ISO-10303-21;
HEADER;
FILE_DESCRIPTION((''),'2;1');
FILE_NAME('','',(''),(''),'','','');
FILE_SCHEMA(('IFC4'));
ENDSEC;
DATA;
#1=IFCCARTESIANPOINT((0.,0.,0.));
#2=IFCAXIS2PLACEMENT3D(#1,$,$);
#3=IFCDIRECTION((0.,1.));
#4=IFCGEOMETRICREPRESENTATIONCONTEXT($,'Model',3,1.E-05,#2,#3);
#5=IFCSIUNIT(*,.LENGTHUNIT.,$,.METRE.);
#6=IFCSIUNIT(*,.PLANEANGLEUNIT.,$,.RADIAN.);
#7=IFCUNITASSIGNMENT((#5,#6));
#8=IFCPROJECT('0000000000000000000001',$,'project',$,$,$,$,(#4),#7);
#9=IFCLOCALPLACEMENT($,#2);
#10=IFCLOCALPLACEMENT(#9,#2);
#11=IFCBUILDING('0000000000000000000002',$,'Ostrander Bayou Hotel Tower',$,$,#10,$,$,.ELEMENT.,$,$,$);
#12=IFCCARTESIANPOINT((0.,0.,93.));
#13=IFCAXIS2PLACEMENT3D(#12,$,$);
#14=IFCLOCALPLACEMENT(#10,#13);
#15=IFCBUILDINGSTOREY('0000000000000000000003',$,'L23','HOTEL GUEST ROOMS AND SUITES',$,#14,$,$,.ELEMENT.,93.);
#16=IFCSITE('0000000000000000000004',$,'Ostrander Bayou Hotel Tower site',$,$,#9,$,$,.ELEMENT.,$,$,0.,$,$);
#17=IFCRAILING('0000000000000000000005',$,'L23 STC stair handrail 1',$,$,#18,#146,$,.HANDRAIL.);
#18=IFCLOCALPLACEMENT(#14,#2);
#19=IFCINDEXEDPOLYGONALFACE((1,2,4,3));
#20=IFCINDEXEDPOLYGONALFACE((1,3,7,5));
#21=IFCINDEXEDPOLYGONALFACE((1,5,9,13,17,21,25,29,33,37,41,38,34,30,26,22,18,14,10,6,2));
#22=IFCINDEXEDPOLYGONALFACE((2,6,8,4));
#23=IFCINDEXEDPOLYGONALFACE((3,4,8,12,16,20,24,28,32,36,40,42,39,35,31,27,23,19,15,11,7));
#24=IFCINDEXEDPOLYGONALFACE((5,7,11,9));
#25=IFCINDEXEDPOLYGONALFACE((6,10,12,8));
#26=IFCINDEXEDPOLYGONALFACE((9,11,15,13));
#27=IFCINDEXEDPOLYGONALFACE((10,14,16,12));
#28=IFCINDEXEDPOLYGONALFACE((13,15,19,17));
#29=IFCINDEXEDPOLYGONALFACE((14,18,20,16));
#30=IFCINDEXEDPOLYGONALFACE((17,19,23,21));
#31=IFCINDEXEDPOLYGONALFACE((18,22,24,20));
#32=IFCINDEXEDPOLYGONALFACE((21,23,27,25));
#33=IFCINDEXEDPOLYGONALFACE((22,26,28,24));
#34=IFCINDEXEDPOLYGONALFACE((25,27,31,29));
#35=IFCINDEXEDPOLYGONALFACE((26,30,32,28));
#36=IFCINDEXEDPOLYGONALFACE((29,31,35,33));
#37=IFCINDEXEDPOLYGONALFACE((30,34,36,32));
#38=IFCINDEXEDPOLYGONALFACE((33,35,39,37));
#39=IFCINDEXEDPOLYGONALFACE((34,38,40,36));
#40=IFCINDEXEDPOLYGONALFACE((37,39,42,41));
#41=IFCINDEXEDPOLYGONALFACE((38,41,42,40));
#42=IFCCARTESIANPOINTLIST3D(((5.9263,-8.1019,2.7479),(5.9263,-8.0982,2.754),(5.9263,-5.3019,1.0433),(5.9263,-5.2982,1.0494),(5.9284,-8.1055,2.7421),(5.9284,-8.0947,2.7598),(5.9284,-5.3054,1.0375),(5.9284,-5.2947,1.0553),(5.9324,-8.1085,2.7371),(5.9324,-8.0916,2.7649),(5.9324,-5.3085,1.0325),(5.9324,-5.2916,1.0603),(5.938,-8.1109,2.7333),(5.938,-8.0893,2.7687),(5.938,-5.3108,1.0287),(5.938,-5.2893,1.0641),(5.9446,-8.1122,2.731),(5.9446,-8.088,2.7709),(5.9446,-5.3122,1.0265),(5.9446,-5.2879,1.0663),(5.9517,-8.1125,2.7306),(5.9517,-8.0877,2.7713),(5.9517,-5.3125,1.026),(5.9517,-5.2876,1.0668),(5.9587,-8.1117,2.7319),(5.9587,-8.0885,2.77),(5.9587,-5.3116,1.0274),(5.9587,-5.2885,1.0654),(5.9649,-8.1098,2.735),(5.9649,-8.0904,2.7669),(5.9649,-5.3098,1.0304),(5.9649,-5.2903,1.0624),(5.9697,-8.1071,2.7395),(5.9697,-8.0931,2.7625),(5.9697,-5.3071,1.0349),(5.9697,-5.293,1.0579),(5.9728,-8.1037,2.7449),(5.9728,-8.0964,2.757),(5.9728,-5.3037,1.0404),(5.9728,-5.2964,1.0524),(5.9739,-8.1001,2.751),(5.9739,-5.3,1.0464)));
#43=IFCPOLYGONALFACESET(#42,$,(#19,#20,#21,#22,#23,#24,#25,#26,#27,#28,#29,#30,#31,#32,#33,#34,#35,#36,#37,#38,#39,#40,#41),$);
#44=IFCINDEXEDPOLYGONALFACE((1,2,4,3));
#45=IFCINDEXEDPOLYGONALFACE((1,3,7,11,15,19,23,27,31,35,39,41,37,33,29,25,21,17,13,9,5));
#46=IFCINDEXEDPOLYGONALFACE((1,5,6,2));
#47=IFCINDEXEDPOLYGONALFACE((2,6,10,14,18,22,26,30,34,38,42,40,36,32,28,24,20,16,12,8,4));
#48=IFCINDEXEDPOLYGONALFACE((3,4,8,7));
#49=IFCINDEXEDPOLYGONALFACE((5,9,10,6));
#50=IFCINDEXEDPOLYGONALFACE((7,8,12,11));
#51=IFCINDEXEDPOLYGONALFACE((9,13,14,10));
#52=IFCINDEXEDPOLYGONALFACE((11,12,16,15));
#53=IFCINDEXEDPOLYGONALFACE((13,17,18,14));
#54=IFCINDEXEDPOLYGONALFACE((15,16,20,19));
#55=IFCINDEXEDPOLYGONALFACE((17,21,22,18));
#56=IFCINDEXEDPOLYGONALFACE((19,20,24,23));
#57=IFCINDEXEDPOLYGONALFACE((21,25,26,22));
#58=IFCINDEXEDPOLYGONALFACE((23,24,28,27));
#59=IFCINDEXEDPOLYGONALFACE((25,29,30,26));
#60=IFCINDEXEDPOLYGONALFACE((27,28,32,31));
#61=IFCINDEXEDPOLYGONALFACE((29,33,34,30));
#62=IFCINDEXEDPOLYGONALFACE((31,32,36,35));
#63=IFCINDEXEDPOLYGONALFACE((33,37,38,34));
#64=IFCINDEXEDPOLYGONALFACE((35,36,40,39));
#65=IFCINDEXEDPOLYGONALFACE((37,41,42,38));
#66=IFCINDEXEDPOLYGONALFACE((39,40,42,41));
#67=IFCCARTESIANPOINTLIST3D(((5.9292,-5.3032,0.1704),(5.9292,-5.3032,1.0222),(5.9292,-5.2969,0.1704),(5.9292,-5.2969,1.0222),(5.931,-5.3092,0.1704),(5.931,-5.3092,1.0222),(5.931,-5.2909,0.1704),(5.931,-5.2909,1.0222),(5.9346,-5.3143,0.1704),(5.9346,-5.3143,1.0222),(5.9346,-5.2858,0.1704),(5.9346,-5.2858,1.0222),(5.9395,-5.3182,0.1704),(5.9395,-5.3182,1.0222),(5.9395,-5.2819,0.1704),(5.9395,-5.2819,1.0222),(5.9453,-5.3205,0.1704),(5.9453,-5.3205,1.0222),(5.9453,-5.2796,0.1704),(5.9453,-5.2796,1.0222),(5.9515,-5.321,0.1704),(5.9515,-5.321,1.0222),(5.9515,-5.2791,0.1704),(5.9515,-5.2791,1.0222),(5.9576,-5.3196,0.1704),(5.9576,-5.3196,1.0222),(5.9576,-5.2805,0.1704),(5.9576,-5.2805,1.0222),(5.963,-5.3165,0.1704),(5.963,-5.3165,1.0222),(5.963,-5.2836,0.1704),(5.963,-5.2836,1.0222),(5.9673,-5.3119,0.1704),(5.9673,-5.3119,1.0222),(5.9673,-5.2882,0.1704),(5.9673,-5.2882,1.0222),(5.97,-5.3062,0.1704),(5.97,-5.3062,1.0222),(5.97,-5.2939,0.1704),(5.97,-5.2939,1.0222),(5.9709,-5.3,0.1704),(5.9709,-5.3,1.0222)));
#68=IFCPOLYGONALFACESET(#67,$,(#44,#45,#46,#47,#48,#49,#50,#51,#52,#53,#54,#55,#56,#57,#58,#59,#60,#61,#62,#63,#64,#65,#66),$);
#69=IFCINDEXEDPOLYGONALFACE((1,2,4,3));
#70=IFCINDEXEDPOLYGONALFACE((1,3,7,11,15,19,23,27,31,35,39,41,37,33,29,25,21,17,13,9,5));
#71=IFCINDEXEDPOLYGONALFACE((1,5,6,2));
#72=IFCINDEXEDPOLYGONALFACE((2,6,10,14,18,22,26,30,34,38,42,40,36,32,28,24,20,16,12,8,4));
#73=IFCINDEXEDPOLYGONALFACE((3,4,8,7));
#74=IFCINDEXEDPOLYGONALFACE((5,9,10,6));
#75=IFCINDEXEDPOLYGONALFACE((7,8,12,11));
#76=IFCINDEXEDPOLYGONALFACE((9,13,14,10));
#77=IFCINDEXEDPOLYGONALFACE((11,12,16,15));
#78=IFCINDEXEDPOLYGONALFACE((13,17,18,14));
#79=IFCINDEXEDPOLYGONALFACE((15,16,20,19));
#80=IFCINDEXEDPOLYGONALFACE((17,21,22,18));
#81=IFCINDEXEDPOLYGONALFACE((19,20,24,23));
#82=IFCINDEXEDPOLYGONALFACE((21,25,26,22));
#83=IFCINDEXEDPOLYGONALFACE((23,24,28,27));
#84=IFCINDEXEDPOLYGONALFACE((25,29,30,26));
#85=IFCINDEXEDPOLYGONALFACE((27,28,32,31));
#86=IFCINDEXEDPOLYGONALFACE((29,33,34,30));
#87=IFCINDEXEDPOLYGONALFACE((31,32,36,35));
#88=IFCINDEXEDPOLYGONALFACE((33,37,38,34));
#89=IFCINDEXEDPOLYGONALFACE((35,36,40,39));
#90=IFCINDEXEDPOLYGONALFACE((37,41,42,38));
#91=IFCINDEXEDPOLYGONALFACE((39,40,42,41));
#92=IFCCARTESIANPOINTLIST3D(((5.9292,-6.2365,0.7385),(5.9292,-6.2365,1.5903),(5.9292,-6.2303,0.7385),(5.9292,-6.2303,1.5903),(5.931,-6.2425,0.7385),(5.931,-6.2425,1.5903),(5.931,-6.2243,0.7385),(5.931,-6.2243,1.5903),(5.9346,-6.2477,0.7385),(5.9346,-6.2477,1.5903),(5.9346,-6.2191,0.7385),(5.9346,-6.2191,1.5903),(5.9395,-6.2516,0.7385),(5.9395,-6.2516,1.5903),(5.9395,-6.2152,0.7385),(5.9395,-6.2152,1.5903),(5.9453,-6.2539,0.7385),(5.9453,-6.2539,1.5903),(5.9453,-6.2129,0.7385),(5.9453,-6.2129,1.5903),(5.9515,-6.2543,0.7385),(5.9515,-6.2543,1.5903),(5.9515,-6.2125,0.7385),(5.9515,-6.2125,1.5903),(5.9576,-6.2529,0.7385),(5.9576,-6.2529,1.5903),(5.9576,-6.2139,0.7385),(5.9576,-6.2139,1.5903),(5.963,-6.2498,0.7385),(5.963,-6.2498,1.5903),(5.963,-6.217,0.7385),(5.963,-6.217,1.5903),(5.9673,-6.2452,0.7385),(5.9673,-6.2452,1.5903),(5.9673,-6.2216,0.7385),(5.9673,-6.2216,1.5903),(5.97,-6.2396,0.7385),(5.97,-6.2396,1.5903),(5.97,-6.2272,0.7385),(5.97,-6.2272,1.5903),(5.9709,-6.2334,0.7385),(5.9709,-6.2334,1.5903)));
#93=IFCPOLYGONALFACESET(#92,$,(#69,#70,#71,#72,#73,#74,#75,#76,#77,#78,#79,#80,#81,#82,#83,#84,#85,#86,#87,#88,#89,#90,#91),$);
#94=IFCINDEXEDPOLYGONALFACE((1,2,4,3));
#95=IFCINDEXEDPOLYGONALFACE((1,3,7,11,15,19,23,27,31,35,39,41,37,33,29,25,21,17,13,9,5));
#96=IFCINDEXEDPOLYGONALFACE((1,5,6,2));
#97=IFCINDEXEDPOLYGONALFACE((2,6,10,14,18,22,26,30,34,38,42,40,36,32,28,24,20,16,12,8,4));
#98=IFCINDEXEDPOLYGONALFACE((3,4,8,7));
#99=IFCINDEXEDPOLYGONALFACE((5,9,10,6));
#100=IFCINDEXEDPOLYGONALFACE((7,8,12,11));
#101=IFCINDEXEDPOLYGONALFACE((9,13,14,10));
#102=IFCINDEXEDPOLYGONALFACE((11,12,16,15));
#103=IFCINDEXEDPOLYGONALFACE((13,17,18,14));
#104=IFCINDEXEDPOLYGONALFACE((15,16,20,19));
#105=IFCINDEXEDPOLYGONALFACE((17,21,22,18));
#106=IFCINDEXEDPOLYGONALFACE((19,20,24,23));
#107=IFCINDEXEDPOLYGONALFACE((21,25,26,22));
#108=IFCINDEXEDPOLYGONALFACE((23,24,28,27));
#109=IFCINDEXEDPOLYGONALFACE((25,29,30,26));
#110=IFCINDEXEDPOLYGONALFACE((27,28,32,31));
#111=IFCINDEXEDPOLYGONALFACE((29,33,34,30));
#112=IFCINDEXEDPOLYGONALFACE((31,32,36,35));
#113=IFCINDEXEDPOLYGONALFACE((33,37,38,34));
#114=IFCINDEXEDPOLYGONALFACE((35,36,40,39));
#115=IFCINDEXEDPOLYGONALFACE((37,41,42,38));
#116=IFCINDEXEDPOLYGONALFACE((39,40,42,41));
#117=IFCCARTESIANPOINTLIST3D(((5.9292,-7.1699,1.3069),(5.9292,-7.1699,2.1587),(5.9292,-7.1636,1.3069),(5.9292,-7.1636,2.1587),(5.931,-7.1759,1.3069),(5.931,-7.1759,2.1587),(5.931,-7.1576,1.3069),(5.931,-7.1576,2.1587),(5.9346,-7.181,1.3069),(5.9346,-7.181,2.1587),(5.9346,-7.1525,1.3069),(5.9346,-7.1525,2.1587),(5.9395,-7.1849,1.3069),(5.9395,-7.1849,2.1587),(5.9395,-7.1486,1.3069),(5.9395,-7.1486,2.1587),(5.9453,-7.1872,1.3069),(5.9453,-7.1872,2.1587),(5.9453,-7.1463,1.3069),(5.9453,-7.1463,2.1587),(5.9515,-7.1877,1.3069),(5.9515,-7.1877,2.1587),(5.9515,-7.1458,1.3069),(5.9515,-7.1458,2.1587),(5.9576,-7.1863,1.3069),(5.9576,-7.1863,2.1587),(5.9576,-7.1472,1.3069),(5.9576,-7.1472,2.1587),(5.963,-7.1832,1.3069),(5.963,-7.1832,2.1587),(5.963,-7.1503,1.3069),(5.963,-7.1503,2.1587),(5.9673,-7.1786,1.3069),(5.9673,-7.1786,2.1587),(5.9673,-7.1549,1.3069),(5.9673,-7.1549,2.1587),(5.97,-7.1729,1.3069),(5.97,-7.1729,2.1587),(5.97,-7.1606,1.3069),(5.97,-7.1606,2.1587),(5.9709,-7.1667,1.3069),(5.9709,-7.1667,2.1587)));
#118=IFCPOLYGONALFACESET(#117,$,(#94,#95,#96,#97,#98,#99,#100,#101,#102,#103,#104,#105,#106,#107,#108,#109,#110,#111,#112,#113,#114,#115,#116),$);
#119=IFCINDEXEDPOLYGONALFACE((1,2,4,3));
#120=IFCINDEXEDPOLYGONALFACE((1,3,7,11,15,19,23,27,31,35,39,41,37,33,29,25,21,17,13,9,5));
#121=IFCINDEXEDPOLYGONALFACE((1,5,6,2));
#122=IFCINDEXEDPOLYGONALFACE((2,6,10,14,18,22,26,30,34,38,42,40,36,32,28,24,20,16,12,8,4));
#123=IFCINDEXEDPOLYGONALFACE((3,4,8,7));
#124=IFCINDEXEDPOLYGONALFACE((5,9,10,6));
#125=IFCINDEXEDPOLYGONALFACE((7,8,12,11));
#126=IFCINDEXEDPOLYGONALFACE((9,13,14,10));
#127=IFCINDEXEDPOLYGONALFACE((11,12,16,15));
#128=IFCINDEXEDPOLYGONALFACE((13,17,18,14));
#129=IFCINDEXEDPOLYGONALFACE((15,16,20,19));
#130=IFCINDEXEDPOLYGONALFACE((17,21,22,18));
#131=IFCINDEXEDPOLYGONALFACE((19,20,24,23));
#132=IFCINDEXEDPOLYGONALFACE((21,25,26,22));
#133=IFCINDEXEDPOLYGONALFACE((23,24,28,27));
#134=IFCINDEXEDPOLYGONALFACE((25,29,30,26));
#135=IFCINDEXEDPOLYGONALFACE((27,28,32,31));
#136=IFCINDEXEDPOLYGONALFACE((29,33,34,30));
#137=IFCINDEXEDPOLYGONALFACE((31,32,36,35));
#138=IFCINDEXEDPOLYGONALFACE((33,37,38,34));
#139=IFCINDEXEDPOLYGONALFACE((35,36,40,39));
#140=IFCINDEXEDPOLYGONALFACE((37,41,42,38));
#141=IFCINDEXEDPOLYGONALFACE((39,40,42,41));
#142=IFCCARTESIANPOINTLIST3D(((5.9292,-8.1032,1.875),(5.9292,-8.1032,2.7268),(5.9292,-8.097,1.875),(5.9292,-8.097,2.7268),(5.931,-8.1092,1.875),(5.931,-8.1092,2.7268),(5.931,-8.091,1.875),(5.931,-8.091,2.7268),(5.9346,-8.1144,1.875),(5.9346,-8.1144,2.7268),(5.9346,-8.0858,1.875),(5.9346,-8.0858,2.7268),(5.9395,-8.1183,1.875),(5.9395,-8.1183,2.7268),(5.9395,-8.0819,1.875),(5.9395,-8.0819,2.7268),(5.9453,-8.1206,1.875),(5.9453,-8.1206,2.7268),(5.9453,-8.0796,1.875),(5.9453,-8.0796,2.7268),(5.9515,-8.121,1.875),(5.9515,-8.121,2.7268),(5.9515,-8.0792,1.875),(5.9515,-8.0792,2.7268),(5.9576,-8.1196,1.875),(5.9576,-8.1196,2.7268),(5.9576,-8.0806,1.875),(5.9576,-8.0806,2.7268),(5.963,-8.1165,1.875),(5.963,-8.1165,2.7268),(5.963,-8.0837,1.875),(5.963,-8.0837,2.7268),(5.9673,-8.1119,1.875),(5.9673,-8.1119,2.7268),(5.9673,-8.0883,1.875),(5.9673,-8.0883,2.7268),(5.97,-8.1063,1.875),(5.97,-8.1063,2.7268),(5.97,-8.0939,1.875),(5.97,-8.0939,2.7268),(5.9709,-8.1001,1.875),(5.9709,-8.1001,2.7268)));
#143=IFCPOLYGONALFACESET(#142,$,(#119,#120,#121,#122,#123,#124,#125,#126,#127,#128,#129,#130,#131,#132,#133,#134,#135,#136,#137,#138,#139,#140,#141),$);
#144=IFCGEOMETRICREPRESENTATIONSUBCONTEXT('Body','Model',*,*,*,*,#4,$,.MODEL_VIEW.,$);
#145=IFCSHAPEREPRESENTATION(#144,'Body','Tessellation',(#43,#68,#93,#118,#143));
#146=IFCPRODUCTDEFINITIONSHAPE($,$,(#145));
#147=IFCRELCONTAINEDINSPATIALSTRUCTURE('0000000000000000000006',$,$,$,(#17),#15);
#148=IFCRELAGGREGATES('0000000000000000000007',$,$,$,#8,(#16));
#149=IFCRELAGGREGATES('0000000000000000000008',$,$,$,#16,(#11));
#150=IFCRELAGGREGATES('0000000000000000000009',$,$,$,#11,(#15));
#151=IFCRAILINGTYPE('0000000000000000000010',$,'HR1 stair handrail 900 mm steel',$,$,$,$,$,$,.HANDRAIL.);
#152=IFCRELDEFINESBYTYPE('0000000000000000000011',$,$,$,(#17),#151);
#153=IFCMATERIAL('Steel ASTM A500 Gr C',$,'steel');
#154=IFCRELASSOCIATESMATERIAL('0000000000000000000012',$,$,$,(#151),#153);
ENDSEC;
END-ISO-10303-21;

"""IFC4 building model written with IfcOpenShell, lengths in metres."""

from ifc_helpers import new_model, si_unit, direction, frame, origin, origin_2d, place, context, subcontext, project, spatial, circle, extrude, material, type_object, element, save


model = new_model("IFC4")

# Units and contexts
model_context = context("Model", 3, precision=1e-05, world=origin(), true_north=direction((0.0, 1.0)))
body_context = subcontext(model_context, "Body", "Model", "MODEL_VIEW")
ifc_project = project(units=[si_unit("LENGTHUNIT", "METRE"), si_unit("PLANEANGLEUNIT", "RADIAN")], contexts=[model_context])

# Site, building, storey
site_placement = place(None, origin())
site = spatial("IfcSite", under=ifc_project, at=site_placement, Name="Ostrander Bayou Hotel Tower site", CompositionType="ELEMENT", RefElevation=0.0)
building_placement = place(site_placement, origin())
building = spatial("IfcBuilding", under=site, at=building_placement, Name="Ostrander Bayou Hotel Tower", CompositionType="ELEMENT")
storey_placement = place(building_placement, frame((0.0, 0.0, 93.0)))
storey = spatial("IfcBuildingStorey", under=building, at=storey_placement, Name="L23", Description="HOTEL GUEST ROOMS AND SUITES", CompositionType="ELEMENT", Elevation=93.0)

# Railing
ifc_material_1 = material(Name="Steel ASTM A500 Gr C", Category="steel")
railing_type_1 = type_object("IfcRailingType", Name="HR1 stair handrail 900 mm steel", PredefinedType="HANDRAIL", material=ifc_material_1)
railing_1_placement = place(storey_placement, frame((5.95, -5.3, 0.1704)))
element("IfcRailing", 1, at=railing_1_placement, inside=storey, type_object=railing_type_1, Name="L23 STC stair handrail 1", PredefinedType="HANDRAIL", context=body_context, shape_type="SweptSolid", body=[
    extrude(circle(Radius=0.0239, at=origin_2d()), frame((0.0, 0.0, 0.876), z_axis=(0.0, -0.85417, 0.519994), x_axis=(1.0, 0.0, 0.0)), (0.0, 0.0, 1.0), 3.2781),
    extrude(circle(Radius=0.021, at=origin_2d()), origin(), (0.0, 0.0, 1.0), 0.8518),
    extrude(circle(Radius=0.021, at=origin_2d()), frame((0.0, -0.9333, 0.5681)), (0.0, 0.0, 1.0), 0.8518),
    extrude(circle(Radius=0.021, at=origin_2d()), frame((0.0, -1.8667, 1.1365)), (0.0, 0.0, 1.0), 0.8518),
    extrude(circle(Radius=0.021, at=origin_2d()), frame((0.0, -2.8, 1.7046)), (0.0, 0.0, 1.0), 0.8518),
])

save(model, "model.ifc")
